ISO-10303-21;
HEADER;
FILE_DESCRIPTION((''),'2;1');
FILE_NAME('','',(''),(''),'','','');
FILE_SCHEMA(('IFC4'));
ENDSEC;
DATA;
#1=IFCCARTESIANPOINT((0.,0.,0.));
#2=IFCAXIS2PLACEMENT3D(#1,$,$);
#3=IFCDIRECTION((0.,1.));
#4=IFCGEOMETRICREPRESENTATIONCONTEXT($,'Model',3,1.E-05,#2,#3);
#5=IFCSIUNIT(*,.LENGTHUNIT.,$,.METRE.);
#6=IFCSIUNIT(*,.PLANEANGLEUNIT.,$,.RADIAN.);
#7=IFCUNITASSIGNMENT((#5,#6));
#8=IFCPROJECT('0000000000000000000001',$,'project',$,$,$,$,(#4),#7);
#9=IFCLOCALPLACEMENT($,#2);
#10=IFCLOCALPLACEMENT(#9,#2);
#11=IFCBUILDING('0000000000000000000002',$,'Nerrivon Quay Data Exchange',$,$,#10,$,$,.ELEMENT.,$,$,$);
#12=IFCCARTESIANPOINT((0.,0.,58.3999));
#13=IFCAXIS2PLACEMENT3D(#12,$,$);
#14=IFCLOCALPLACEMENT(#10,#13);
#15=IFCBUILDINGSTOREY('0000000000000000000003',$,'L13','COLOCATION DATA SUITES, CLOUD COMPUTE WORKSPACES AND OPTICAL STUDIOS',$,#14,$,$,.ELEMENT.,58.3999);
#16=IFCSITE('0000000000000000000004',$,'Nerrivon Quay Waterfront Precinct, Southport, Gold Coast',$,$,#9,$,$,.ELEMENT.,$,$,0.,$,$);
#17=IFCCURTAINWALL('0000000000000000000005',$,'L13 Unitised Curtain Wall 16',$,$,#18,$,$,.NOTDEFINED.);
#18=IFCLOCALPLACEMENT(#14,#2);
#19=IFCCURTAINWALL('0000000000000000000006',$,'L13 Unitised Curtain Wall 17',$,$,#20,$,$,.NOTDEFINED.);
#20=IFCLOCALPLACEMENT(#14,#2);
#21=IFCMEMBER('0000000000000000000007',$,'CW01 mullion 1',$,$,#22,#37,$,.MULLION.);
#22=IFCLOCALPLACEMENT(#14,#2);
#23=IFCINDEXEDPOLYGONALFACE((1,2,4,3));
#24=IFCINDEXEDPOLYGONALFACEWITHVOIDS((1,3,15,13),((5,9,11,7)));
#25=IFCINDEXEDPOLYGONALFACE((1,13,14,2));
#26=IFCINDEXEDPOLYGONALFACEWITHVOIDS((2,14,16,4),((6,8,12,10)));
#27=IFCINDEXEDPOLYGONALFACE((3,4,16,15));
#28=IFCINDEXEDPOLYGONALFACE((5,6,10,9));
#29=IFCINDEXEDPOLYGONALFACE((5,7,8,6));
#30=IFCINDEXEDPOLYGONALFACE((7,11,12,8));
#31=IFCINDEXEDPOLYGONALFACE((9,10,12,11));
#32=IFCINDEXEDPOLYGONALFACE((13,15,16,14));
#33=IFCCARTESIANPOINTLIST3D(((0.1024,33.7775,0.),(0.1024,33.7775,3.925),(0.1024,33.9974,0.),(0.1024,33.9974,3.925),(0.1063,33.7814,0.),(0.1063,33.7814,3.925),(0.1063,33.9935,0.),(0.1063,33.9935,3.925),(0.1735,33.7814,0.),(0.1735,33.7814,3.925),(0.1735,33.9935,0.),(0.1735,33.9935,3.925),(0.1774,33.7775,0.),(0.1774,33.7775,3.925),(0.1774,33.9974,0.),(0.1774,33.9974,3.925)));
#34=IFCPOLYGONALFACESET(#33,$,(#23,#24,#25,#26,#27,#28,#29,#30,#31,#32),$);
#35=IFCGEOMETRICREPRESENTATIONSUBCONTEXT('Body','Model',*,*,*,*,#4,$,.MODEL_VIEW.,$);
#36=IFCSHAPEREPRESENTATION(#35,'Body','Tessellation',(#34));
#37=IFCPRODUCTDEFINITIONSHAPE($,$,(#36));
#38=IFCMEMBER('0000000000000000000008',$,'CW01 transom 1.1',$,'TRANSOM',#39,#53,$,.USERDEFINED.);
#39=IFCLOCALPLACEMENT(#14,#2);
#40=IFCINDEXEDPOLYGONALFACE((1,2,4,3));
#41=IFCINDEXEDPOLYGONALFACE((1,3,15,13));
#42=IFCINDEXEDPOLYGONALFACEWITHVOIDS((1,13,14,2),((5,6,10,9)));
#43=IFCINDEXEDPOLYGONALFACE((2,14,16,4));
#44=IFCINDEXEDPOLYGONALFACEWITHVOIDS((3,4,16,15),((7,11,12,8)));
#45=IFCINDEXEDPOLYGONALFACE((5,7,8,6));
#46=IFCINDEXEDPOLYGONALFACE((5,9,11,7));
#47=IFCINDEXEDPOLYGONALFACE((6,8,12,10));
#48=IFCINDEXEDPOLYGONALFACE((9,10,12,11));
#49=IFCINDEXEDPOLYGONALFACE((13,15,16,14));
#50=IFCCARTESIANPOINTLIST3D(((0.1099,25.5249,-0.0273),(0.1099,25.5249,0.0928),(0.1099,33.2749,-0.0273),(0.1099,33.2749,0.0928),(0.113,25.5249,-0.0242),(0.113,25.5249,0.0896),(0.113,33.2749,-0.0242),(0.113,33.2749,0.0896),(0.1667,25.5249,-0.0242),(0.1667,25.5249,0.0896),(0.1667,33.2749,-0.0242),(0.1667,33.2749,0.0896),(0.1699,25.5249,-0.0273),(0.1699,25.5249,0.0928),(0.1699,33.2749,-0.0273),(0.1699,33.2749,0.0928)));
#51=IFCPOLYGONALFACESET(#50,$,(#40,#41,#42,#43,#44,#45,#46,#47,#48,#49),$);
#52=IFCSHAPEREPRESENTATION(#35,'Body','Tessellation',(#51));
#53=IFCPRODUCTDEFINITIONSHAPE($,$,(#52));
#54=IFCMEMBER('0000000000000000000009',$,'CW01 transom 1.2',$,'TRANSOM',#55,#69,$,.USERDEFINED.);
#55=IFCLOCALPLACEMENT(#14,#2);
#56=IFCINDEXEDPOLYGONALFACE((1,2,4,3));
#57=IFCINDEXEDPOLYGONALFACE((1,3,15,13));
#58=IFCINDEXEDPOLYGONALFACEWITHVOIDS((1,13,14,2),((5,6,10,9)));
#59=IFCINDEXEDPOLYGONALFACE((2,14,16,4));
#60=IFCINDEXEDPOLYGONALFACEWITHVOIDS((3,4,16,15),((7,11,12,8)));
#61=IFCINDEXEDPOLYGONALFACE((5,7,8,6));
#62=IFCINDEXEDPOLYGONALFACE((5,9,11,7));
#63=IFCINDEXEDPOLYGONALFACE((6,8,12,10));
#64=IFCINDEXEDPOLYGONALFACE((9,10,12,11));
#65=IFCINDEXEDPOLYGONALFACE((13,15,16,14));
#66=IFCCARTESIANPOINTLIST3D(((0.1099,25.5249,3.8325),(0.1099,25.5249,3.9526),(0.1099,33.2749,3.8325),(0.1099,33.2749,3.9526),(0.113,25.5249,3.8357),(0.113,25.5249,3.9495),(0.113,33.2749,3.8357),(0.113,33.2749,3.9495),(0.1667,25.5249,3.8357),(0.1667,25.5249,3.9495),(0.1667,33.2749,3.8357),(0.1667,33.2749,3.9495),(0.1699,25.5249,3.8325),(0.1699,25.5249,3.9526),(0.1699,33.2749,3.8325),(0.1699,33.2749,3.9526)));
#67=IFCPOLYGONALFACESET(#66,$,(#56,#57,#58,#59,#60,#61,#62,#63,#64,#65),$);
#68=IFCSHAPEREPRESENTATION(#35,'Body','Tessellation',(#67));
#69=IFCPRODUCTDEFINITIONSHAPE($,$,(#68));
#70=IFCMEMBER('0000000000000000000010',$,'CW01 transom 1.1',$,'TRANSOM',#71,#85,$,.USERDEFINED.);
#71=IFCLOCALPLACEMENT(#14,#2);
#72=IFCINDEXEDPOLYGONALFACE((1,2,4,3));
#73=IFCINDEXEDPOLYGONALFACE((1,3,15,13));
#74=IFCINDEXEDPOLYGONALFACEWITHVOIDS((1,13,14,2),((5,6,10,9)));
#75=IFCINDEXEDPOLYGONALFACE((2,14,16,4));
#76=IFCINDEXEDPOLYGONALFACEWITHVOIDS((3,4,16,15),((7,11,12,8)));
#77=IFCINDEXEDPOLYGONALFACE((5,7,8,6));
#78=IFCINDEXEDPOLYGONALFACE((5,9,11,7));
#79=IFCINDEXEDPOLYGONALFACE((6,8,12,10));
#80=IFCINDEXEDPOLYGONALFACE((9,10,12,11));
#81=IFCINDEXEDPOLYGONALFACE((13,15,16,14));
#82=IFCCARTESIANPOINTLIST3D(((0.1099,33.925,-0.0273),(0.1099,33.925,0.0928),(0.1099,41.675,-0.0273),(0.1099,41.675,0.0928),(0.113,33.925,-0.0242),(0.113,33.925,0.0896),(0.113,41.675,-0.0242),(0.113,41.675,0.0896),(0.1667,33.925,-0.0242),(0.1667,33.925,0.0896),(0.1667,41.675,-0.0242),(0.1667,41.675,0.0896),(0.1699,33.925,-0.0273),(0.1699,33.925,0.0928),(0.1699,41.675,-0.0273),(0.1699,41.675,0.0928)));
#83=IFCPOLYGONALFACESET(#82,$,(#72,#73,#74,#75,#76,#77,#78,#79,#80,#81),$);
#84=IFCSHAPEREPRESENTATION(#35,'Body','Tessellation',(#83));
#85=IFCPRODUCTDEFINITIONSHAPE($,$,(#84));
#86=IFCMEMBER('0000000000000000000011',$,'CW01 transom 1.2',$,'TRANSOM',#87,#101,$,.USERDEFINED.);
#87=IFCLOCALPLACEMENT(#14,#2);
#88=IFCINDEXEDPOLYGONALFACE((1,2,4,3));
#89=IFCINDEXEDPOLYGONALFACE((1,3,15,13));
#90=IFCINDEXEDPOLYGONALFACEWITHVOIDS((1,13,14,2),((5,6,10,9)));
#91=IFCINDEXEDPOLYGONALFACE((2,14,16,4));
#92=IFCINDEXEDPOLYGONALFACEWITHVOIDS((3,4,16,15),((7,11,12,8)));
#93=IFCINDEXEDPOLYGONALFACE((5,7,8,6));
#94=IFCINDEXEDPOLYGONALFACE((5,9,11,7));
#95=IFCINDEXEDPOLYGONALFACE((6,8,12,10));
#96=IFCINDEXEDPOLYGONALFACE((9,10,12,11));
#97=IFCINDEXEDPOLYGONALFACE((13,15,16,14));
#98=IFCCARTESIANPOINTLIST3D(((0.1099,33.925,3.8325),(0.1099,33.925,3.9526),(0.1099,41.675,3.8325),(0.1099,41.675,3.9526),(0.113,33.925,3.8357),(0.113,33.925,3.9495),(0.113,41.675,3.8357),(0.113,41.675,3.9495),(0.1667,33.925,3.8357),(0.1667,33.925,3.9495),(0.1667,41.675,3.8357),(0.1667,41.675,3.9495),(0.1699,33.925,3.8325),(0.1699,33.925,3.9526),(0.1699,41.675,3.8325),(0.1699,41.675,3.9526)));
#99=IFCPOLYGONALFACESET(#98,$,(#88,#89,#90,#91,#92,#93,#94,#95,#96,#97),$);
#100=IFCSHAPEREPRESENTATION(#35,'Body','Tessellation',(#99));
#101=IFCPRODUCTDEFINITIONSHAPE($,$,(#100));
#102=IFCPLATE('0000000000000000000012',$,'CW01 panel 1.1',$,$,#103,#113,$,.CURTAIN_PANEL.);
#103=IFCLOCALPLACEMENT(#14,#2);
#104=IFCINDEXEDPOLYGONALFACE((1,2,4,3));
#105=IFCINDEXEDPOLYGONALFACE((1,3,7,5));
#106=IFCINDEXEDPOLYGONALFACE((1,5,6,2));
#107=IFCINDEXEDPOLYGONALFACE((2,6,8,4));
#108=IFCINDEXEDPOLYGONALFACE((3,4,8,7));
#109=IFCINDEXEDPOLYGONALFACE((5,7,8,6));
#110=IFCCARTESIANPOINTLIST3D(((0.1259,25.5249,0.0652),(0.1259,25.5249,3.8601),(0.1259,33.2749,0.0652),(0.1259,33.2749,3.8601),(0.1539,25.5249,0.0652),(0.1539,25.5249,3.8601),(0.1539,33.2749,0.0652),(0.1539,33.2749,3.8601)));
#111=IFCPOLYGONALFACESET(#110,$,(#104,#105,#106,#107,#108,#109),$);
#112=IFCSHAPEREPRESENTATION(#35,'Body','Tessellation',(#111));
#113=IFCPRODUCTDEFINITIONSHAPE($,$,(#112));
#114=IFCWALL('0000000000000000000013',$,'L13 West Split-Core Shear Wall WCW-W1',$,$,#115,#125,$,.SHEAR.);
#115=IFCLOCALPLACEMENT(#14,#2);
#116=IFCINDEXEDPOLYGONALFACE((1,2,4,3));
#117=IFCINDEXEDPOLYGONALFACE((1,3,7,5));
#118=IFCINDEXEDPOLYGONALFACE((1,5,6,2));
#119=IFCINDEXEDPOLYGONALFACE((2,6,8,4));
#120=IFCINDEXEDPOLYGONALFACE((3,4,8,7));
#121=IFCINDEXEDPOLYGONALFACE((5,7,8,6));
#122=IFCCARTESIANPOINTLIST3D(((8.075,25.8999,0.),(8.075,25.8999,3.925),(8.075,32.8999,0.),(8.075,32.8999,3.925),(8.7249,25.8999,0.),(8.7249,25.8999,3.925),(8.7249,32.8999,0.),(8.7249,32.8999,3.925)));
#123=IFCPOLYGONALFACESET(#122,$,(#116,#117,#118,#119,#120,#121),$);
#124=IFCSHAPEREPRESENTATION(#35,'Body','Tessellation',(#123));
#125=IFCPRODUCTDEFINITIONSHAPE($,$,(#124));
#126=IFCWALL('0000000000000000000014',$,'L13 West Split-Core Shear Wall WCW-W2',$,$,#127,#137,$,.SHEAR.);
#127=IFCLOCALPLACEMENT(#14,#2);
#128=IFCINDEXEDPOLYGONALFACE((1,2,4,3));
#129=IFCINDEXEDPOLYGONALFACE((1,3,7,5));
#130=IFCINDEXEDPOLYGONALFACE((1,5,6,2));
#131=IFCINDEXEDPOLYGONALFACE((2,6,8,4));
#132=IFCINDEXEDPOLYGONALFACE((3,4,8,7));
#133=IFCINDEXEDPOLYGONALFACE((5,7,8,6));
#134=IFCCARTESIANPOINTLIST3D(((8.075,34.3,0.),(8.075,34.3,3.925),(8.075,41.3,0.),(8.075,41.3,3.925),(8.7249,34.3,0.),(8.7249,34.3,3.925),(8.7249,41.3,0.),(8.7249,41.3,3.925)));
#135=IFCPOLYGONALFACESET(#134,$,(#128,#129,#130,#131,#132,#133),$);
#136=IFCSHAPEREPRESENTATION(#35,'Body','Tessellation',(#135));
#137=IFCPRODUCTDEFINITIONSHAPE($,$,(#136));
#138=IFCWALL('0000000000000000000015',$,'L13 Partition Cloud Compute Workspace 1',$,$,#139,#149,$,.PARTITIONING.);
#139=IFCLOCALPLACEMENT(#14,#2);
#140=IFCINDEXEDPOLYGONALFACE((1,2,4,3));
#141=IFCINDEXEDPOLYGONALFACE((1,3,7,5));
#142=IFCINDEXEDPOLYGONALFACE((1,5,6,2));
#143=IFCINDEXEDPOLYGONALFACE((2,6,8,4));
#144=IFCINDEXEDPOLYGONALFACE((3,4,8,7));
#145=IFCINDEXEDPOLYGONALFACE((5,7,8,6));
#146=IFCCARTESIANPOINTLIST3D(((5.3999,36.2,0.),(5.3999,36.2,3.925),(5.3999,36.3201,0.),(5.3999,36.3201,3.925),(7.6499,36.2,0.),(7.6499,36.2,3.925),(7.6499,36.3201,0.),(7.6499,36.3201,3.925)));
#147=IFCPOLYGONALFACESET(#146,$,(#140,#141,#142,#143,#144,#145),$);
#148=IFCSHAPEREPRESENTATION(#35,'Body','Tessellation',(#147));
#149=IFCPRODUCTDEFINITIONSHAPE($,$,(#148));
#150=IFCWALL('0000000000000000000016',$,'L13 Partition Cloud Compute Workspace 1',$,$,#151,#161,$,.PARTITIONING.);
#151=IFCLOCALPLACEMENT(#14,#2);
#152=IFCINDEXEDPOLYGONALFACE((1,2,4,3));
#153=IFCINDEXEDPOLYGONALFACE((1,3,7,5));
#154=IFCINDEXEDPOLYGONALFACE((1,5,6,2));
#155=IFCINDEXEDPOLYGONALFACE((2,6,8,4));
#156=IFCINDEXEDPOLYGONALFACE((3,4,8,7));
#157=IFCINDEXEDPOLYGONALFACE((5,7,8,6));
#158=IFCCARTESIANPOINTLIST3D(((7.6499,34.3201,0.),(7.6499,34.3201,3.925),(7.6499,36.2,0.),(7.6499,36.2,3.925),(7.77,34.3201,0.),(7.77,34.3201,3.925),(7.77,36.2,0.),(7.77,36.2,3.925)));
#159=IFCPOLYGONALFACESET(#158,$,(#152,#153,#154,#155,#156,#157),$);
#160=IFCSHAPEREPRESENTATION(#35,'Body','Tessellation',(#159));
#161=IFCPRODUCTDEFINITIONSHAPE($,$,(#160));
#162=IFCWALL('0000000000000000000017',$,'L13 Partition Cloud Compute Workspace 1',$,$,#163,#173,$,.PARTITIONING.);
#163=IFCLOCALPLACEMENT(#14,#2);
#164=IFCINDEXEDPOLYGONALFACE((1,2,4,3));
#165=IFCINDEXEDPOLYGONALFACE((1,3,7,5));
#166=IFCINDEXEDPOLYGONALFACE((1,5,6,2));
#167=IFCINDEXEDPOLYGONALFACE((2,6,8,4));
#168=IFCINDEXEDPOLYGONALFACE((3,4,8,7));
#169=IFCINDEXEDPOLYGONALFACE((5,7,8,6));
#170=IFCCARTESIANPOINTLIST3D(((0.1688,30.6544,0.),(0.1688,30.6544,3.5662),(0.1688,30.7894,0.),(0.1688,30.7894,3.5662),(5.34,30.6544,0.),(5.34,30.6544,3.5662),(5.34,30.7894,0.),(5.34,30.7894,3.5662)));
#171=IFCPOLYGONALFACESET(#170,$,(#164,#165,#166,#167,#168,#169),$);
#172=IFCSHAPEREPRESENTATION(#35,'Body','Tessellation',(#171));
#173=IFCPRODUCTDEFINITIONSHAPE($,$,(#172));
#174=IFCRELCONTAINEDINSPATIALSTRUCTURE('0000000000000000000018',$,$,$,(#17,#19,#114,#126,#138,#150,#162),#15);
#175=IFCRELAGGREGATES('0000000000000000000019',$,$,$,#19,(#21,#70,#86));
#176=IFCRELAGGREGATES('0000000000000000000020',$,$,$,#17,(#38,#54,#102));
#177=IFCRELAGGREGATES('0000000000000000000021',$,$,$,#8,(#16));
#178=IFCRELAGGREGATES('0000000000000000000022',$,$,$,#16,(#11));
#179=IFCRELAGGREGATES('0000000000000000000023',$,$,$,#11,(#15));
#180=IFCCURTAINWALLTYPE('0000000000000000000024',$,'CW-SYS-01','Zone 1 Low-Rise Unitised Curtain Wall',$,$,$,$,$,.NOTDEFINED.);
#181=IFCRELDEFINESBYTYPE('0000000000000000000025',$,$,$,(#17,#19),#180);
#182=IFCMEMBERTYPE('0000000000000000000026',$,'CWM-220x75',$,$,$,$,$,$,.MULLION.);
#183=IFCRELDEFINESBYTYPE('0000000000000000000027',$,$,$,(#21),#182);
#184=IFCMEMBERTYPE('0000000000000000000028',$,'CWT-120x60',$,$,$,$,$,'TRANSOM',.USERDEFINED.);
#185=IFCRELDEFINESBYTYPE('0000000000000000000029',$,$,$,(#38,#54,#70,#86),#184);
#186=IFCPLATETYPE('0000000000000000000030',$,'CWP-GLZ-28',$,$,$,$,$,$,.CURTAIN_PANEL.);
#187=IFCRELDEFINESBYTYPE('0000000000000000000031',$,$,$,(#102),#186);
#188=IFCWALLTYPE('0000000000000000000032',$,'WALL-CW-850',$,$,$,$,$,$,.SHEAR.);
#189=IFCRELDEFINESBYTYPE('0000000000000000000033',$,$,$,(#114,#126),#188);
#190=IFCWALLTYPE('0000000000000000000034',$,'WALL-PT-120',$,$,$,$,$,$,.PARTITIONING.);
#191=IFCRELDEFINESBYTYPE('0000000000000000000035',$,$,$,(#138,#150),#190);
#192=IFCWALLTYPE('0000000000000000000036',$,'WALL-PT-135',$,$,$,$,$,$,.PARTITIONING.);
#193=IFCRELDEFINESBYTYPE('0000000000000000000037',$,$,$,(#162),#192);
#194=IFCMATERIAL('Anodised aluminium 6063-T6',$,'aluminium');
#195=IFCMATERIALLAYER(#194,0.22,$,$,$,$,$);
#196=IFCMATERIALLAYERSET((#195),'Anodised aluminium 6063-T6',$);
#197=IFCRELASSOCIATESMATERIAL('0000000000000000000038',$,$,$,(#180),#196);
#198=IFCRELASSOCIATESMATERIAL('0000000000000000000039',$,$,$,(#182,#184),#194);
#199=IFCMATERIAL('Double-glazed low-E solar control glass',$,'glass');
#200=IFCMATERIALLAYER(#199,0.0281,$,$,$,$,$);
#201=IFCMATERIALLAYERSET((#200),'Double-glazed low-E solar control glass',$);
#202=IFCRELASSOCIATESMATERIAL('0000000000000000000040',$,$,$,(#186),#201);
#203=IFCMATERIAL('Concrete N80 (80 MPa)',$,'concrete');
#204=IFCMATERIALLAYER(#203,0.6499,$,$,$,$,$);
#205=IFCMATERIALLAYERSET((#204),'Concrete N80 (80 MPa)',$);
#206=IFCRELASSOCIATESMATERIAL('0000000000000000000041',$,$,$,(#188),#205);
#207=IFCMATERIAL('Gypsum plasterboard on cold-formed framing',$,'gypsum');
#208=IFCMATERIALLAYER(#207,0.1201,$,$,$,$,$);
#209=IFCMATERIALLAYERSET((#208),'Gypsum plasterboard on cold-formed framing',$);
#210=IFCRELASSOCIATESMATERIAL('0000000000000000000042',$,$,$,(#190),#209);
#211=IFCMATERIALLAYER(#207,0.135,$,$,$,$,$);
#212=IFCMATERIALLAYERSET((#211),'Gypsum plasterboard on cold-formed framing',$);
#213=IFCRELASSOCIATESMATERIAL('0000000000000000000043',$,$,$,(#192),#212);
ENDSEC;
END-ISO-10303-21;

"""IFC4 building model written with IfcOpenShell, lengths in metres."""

from ifc_helpers import new_model, si_unit, direction, frame, frame_2d, origin, origin_2d, place, context, subcontext, project, spatial, rectangle, hollow_rectangle, extrude, material, layer, layer_set, material_profile, profile_set, type_object, element, aggregate, save


model = new_model("IFC4")

# Units and contexts
model_context = context("Model", 3, precision=1e-05, world=origin(), true_north=direction((0.0, 1.0)))
body_context = subcontext(model_context, "Body", "Model", "MODEL_VIEW")
ifc_project = project(units=[si_unit("LENGTHUNIT", "METRE"), si_unit("PLANEANGLEUNIT", "RADIAN")], contexts=[model_context])

# Site, building, storey
site_placement = place(None, origin())
site = spatial("IfcSite", under=ifc_project, at=site_placement, Name="Nerrivon Quay Waterfront Precinct, Southport, Gold Coast", CompositionType="ELEMENT", RefElevation=0.0)
building_placement = place(site_placement, origin())
building = spatial("IfcBuilding", under=site, at=building_placement, Name="Nerrivon Quay Data Exchange", CompositionType="ELEMENT")
storey_placement = place(building_placement, frame((0.0, 0.0, 58.3999)))
storey = spatial("IfcBuildingStorey", under=building, at=storey_placement, Name="L13", Description="COLOCATION DATA SUITES, CLOUD COMPUTE WORKSPACES AND OPTICAL STUDIOS", CompositionType="ELEMENT", Elevation=58.3999)

# Shared definitions
ifc_material_1 = material(Name="Concrete N80 (80 MPa)", Category="concrete")

# Curtain wall
ifc_material_2 = material(Name="Anodised aluminium 6063-T6", Category="aluminium")
ifc_layer_1 = layer(ifc_material_2, 0.22)
ifc_layer_set_1 = layer_set([ifc_layer_1], Name="Anodised aluminium 6063-T6")
curtain_wall_type = type_object("IfcCurtainWallType", Name="CW-SYS-01", Description="Zone 1 Low-Rise Unitised Curtain Wall", PredefinedType="NOTDEFINED", material=ifc_layer_set_1)
curtain_wall_1_placement = place(storey_placement, origin())
curtain_wall_1 = element("IfcCurtainWall", 1, at=curtain_wall_1_placement, inside=storey, type_object=curtain_wall_type, Name="L13 Unitised Curtain Wall 16", PredefinedType="NOTDEFINED")
ifc_material_profile_1 = material_profile(ifc_material_2, hollow_rectangle(XDim=0.075, YDim=0.22, WallThickness=0.0039, at=origin_2d()), Name="ALU-MULL-220x75")
ifc_profile_set_1 = profile_set([ifc_material_profile_1], Name="Anodised aluminium 6063-T6")
member_type_1 = type_object("IfcMemberType", Name="CWM-220x75", PredefinedType="MULLION", material=ifc_profile_set_1)

# Curtain wall, member
curtain_wall_2_placement = place(storey_placement, origin())
curtain_wall_2 = element("IfcCurtainWall", 2, at=curtain_wall_2_placement, inside=storey, type_object=curtain_wall_type, Name="L13 Unitised Curtain Wall 17", PredefinedType="NOTDEFINED")
member_1_placement = place(storey_placement, frame((0.1399, 33.8875, 0.0), z_axis=(0.0, 0.0, 1.0), x_axis=(-1.0, 0.0, 0.0)))
member_1 = element("IfcMember", 3, at=member_1_placement, type_object=member_type_1, Name="CW01 mullion 1", PredefinedType="MULLION", context=body_context, shape_type="SweptSolid", body=[
    extrude(hollow_rectangle(XDim=0.075, YDim=0.22, WallThickness=0.0039, at=origin_2d()), origin(), (0.0, 0.0, 1.0), 3.925),
])

# Members
ifc_material_profile_2 = material_profile(ifc_material_2, hollow_rectangle(XDim=0.0601, YDim=0.1201, WallThickness=0.0032, at=origin_2d()), Name="ALU-TRAN-120x60")
ifc_profile_set_2 = profile_set([ifc_material_profile_2], Name="Anodised aluminium 6063-T6")
member_type_2 = type_object("IfcMemberType", Name="CWT-120x60", ElementType="TRANSOM", PredefinedType="USERDEFINED", material=ifc_profile_set_2)
member_2_placement = place(storey_placement, frame((0.1399, 25.5249, 0.0327), z_axis=(0.0, 1.0, 0.0), x_axis=(-1.0, 0.0, 0.0)))
member_2 = element("IfcMember", 4, at=member_2_placement, type_object=member_type_2, Name="CW01 transom 1.1", ObjectType="TRANSOM", PredefinedType="USERDEFINED", context=body_context, shape_type="SweptSolid", body=[
    extrude(hollow_rectangle(XDim=0.0601, YDim=0.1201, WallThickness=0.0032, at=origin_2d()), origin(), (0.0, 0.0, 1.0), 7.75),
])
member_3_placement = place(storey_placement, frame((0.1399, 25.5249, 3.8926), z_axis=(0.0, 1.0, 0.0), x_axis=(-1.0, 0.0, 0.0)))
member_3 = element("IfcMember", 5, at=member_3_placement, type_object=member_type_2, Name="CW01 transom 1.2", ObjectType="TRANSOM", PredefinedType="USERDEFINED", context=body_context, shape_type="SweptSolid", body=[
    extrude(hollow_rectangle(XDim=0.0601, YDim=0.1201, WallThickness=0.0032, at=origin_2d()), origin(), (0.0, 0.0, 1.0), 7.75),
])
member_4_placement = place(storey_placement, frame((0.1399, 33.925, 0.0327), z_axis=(0.0, 1.0, 0.0), x_axis=(-1.0, 0.0, 0.0)))
member_4 = element("IfcMember", 6, at=member_4_placement, type_object=member_type_2, Name="CW01 transom 1.1", ObjectType="TRANSOM", PredefinedType="USERDEFINED", context=body_context, shape_type="SweptSolid", body=[
    extrude(hollow_rectangle(XDim=0.0601, YDim=0.1201, WallThickness=0.0032, at=origin_2d()), origin(), (0.0, 0.0, 1.0), 7.75),
])
member_5_placement = place(storey_placement, frame((0.1399, 33.925, 3.8926), z_axis=(0.0, 1.0, 0.0), x_axis=(-1.0, 0.0, 0.0)))
member_5 = element("IfcMember", 7, at=member_5_placement, type_object=member_type_2, Name="CW01 transom 1.2", ObjectType="TRANSOM", PredefinedType="USERDEFINED", context=body_context, shape_type="SweptSolid", body=[
    extrude(hollow_rectangle(XDim=0.0601, YDim=0.1201, WallThickness=0.0032, at=origin_2d()), origin(), (0.0, 0.0, 1.0), 7.75),
])
aggregate(curtain_wall_2, [member_1, member_4, member_5])

# Plate
ifc_material_3 = material(Name="Double-glazed low-E solar control glass", Category="glass")
ifc_layer_2 = layer(ifc_material_3, 0.0281)
ifc_layer_set_2 = layer_set([ifc_layer_2], Name="Double-glazed low-E solar control glass")
plate_type = type_object("IfcPlateType", Name="CWP-GLZ-28", PredefinedType="CURTAIN_PANEL", material=ifc_layer_set_2)
plate_placement = place(storey_placement, frame((0.1399, 29.3999, 0.0652), z_axis=(0.0, 0.0, 1.0), x_axis=(0.0, 1.0, 0.0)))
plate = element("IfcPlate", 8, at=plate_placement, type_object=plate_type, Name="CW01 panel 1.1", PredefinedType="CURTAIN_PANEL", context=body_context, shape_type="SweptSolid", body=[
    extrude(rectangle(XDim=7.75, YDim=0.0281, at=origin_2d()), origin(), (0.0, 0.0, 1.0), 3.7949),
])
aggregate(curtain_wall_1, [member_2, member_3, plate])

# Walls
ifc_layer_3 = layer(ifc_material_1, 0.6499)
ifc_layer_set_3 = layer_set([ifc_layer_3], Name="Concrete N80 (80 MPa)")
wall_type_1 = type_object("IfcWallType", Name="WALL-CW-850", PredefinedType="SHEAR", material=ifc_layer_set_3)
for number, where, z_axis, x_axis, name in (
    (9, (8.3999, 25.8999, 0.0), (0.0, 0.0, 1.0), (0.0, 1.0, 0.0), "L13 West Split-Core Shear Wall WCW-W1"),
    (10, (8.3999, 34.3, 0.0), (0.0, 0.0, 1.0), (0.0, 1.0, 0.0), "L13 West Split-Core Shear Wall WCW-W2"),
):
    element("IfcWall", number, at=place(storey_placement, frame(where, z_axis=z_axis, x_axis=x_axis)), inside=storey, type_object=wall_type_1, Name=name, PredefinedType="SHEAR", context=body_context, shape_type="SweptSolid", body=[
        extrude(rectangle(XDim=7.0, YDim=0.6499, at=frame_2d((3.5, 0.0))), origin(), (0.0, 0.0, 1.0), 3.925),
    ])
ifc_material_4 = material(Name="Gypsum plasterboard on cold-formed framing", Category="gypsum")
ifc_layer_4 = layer(ifc_material_4, 0.1201)
ifc_layer_set_4 = layer_set([ifc_layer_4], Name="Gypsum plasterboard on cold-formed framing")
wall_type_2 = type_object("IfcWallType", Name="WALL-PT-120", PredefinedType="PARTITIONING", material=ifc_layer_set_4)
wall_1_placement = place(storey_placement, frame((5.3999, 36.26, 0.0), z_axis=(0.0, 0.0, 1.0), x_axis=(1.0, 0.0, 0.0)))
element("IfcWall", 11, at=wall_1_placement, inside=storey, type_object=wall_type_2, Name="L13 Partition Cloud Compute Workspace 1", PredefinedType="PARTITIONING", context=body_context, shape_type="SweptSolid", body=[
    extrude(rectangle(XDim=2.25, YDim=0.1201, at=frame_2d((1.125, 0.0))), origin(), (0.0, 0.0, 1.0), 3.925),
])
wall_2_placement = place(storey_placement, frame((7.71, 36.2, 0.0), z_axis=(0.0, 0.0, 1.0), x_axis=(0.0, -1.0, 0.0)))
element("IfcWall", 12, at=wall_2_placement, inside=storey, type_object=wall_type_2, Name="L13 Partition Cloud Compute Workspace 1", PredefinedType="PARTITIONING", context=body_context, shape_type="SweptSolid", body=[
    extrude(rectangle(XDim=1.8799, YDim=0.1201, at=frame_2d((0.9399, 0.0))), origin(), (0.0, 0.0, 1.0), 3.925),
])
ifc_layer_5 = layer(ifc_material_4, 0.135)
ifc_layer_set_5 = layer_set([ifc_layer_5], Name="Gypsum plasterboard on cold-formed framing")
wall_type_3 = type_object("IfcWallType", Name="WALL-PT-135", PredefinedType="PARTITIONING", material=ifc_layer_set_5)
wall_3_placement = place(storey_placement, frame((0.1689, 30.7219, 0.0), z_axis=(0.0, 0.0, 1.0), x_axis=(1.0, 0.0, 0.0)))
element("IfcWall", 13, at=wall_3_placement, inside=storey, type_object=wall_type_3, Name="L13 Partition Cloud Compute Workspace 1", PredefinedType="PARTITIONING", context=body_context, shape_type="SweptSolid", body=[
    extrude(rectangle(XDim=5.1711, YDim=0.135, at=frame_2d((2.5854, 0.0))), origin(), (0.0, 0.0, 1.0), 3.5662),
])

save(model, "model.ifc")
